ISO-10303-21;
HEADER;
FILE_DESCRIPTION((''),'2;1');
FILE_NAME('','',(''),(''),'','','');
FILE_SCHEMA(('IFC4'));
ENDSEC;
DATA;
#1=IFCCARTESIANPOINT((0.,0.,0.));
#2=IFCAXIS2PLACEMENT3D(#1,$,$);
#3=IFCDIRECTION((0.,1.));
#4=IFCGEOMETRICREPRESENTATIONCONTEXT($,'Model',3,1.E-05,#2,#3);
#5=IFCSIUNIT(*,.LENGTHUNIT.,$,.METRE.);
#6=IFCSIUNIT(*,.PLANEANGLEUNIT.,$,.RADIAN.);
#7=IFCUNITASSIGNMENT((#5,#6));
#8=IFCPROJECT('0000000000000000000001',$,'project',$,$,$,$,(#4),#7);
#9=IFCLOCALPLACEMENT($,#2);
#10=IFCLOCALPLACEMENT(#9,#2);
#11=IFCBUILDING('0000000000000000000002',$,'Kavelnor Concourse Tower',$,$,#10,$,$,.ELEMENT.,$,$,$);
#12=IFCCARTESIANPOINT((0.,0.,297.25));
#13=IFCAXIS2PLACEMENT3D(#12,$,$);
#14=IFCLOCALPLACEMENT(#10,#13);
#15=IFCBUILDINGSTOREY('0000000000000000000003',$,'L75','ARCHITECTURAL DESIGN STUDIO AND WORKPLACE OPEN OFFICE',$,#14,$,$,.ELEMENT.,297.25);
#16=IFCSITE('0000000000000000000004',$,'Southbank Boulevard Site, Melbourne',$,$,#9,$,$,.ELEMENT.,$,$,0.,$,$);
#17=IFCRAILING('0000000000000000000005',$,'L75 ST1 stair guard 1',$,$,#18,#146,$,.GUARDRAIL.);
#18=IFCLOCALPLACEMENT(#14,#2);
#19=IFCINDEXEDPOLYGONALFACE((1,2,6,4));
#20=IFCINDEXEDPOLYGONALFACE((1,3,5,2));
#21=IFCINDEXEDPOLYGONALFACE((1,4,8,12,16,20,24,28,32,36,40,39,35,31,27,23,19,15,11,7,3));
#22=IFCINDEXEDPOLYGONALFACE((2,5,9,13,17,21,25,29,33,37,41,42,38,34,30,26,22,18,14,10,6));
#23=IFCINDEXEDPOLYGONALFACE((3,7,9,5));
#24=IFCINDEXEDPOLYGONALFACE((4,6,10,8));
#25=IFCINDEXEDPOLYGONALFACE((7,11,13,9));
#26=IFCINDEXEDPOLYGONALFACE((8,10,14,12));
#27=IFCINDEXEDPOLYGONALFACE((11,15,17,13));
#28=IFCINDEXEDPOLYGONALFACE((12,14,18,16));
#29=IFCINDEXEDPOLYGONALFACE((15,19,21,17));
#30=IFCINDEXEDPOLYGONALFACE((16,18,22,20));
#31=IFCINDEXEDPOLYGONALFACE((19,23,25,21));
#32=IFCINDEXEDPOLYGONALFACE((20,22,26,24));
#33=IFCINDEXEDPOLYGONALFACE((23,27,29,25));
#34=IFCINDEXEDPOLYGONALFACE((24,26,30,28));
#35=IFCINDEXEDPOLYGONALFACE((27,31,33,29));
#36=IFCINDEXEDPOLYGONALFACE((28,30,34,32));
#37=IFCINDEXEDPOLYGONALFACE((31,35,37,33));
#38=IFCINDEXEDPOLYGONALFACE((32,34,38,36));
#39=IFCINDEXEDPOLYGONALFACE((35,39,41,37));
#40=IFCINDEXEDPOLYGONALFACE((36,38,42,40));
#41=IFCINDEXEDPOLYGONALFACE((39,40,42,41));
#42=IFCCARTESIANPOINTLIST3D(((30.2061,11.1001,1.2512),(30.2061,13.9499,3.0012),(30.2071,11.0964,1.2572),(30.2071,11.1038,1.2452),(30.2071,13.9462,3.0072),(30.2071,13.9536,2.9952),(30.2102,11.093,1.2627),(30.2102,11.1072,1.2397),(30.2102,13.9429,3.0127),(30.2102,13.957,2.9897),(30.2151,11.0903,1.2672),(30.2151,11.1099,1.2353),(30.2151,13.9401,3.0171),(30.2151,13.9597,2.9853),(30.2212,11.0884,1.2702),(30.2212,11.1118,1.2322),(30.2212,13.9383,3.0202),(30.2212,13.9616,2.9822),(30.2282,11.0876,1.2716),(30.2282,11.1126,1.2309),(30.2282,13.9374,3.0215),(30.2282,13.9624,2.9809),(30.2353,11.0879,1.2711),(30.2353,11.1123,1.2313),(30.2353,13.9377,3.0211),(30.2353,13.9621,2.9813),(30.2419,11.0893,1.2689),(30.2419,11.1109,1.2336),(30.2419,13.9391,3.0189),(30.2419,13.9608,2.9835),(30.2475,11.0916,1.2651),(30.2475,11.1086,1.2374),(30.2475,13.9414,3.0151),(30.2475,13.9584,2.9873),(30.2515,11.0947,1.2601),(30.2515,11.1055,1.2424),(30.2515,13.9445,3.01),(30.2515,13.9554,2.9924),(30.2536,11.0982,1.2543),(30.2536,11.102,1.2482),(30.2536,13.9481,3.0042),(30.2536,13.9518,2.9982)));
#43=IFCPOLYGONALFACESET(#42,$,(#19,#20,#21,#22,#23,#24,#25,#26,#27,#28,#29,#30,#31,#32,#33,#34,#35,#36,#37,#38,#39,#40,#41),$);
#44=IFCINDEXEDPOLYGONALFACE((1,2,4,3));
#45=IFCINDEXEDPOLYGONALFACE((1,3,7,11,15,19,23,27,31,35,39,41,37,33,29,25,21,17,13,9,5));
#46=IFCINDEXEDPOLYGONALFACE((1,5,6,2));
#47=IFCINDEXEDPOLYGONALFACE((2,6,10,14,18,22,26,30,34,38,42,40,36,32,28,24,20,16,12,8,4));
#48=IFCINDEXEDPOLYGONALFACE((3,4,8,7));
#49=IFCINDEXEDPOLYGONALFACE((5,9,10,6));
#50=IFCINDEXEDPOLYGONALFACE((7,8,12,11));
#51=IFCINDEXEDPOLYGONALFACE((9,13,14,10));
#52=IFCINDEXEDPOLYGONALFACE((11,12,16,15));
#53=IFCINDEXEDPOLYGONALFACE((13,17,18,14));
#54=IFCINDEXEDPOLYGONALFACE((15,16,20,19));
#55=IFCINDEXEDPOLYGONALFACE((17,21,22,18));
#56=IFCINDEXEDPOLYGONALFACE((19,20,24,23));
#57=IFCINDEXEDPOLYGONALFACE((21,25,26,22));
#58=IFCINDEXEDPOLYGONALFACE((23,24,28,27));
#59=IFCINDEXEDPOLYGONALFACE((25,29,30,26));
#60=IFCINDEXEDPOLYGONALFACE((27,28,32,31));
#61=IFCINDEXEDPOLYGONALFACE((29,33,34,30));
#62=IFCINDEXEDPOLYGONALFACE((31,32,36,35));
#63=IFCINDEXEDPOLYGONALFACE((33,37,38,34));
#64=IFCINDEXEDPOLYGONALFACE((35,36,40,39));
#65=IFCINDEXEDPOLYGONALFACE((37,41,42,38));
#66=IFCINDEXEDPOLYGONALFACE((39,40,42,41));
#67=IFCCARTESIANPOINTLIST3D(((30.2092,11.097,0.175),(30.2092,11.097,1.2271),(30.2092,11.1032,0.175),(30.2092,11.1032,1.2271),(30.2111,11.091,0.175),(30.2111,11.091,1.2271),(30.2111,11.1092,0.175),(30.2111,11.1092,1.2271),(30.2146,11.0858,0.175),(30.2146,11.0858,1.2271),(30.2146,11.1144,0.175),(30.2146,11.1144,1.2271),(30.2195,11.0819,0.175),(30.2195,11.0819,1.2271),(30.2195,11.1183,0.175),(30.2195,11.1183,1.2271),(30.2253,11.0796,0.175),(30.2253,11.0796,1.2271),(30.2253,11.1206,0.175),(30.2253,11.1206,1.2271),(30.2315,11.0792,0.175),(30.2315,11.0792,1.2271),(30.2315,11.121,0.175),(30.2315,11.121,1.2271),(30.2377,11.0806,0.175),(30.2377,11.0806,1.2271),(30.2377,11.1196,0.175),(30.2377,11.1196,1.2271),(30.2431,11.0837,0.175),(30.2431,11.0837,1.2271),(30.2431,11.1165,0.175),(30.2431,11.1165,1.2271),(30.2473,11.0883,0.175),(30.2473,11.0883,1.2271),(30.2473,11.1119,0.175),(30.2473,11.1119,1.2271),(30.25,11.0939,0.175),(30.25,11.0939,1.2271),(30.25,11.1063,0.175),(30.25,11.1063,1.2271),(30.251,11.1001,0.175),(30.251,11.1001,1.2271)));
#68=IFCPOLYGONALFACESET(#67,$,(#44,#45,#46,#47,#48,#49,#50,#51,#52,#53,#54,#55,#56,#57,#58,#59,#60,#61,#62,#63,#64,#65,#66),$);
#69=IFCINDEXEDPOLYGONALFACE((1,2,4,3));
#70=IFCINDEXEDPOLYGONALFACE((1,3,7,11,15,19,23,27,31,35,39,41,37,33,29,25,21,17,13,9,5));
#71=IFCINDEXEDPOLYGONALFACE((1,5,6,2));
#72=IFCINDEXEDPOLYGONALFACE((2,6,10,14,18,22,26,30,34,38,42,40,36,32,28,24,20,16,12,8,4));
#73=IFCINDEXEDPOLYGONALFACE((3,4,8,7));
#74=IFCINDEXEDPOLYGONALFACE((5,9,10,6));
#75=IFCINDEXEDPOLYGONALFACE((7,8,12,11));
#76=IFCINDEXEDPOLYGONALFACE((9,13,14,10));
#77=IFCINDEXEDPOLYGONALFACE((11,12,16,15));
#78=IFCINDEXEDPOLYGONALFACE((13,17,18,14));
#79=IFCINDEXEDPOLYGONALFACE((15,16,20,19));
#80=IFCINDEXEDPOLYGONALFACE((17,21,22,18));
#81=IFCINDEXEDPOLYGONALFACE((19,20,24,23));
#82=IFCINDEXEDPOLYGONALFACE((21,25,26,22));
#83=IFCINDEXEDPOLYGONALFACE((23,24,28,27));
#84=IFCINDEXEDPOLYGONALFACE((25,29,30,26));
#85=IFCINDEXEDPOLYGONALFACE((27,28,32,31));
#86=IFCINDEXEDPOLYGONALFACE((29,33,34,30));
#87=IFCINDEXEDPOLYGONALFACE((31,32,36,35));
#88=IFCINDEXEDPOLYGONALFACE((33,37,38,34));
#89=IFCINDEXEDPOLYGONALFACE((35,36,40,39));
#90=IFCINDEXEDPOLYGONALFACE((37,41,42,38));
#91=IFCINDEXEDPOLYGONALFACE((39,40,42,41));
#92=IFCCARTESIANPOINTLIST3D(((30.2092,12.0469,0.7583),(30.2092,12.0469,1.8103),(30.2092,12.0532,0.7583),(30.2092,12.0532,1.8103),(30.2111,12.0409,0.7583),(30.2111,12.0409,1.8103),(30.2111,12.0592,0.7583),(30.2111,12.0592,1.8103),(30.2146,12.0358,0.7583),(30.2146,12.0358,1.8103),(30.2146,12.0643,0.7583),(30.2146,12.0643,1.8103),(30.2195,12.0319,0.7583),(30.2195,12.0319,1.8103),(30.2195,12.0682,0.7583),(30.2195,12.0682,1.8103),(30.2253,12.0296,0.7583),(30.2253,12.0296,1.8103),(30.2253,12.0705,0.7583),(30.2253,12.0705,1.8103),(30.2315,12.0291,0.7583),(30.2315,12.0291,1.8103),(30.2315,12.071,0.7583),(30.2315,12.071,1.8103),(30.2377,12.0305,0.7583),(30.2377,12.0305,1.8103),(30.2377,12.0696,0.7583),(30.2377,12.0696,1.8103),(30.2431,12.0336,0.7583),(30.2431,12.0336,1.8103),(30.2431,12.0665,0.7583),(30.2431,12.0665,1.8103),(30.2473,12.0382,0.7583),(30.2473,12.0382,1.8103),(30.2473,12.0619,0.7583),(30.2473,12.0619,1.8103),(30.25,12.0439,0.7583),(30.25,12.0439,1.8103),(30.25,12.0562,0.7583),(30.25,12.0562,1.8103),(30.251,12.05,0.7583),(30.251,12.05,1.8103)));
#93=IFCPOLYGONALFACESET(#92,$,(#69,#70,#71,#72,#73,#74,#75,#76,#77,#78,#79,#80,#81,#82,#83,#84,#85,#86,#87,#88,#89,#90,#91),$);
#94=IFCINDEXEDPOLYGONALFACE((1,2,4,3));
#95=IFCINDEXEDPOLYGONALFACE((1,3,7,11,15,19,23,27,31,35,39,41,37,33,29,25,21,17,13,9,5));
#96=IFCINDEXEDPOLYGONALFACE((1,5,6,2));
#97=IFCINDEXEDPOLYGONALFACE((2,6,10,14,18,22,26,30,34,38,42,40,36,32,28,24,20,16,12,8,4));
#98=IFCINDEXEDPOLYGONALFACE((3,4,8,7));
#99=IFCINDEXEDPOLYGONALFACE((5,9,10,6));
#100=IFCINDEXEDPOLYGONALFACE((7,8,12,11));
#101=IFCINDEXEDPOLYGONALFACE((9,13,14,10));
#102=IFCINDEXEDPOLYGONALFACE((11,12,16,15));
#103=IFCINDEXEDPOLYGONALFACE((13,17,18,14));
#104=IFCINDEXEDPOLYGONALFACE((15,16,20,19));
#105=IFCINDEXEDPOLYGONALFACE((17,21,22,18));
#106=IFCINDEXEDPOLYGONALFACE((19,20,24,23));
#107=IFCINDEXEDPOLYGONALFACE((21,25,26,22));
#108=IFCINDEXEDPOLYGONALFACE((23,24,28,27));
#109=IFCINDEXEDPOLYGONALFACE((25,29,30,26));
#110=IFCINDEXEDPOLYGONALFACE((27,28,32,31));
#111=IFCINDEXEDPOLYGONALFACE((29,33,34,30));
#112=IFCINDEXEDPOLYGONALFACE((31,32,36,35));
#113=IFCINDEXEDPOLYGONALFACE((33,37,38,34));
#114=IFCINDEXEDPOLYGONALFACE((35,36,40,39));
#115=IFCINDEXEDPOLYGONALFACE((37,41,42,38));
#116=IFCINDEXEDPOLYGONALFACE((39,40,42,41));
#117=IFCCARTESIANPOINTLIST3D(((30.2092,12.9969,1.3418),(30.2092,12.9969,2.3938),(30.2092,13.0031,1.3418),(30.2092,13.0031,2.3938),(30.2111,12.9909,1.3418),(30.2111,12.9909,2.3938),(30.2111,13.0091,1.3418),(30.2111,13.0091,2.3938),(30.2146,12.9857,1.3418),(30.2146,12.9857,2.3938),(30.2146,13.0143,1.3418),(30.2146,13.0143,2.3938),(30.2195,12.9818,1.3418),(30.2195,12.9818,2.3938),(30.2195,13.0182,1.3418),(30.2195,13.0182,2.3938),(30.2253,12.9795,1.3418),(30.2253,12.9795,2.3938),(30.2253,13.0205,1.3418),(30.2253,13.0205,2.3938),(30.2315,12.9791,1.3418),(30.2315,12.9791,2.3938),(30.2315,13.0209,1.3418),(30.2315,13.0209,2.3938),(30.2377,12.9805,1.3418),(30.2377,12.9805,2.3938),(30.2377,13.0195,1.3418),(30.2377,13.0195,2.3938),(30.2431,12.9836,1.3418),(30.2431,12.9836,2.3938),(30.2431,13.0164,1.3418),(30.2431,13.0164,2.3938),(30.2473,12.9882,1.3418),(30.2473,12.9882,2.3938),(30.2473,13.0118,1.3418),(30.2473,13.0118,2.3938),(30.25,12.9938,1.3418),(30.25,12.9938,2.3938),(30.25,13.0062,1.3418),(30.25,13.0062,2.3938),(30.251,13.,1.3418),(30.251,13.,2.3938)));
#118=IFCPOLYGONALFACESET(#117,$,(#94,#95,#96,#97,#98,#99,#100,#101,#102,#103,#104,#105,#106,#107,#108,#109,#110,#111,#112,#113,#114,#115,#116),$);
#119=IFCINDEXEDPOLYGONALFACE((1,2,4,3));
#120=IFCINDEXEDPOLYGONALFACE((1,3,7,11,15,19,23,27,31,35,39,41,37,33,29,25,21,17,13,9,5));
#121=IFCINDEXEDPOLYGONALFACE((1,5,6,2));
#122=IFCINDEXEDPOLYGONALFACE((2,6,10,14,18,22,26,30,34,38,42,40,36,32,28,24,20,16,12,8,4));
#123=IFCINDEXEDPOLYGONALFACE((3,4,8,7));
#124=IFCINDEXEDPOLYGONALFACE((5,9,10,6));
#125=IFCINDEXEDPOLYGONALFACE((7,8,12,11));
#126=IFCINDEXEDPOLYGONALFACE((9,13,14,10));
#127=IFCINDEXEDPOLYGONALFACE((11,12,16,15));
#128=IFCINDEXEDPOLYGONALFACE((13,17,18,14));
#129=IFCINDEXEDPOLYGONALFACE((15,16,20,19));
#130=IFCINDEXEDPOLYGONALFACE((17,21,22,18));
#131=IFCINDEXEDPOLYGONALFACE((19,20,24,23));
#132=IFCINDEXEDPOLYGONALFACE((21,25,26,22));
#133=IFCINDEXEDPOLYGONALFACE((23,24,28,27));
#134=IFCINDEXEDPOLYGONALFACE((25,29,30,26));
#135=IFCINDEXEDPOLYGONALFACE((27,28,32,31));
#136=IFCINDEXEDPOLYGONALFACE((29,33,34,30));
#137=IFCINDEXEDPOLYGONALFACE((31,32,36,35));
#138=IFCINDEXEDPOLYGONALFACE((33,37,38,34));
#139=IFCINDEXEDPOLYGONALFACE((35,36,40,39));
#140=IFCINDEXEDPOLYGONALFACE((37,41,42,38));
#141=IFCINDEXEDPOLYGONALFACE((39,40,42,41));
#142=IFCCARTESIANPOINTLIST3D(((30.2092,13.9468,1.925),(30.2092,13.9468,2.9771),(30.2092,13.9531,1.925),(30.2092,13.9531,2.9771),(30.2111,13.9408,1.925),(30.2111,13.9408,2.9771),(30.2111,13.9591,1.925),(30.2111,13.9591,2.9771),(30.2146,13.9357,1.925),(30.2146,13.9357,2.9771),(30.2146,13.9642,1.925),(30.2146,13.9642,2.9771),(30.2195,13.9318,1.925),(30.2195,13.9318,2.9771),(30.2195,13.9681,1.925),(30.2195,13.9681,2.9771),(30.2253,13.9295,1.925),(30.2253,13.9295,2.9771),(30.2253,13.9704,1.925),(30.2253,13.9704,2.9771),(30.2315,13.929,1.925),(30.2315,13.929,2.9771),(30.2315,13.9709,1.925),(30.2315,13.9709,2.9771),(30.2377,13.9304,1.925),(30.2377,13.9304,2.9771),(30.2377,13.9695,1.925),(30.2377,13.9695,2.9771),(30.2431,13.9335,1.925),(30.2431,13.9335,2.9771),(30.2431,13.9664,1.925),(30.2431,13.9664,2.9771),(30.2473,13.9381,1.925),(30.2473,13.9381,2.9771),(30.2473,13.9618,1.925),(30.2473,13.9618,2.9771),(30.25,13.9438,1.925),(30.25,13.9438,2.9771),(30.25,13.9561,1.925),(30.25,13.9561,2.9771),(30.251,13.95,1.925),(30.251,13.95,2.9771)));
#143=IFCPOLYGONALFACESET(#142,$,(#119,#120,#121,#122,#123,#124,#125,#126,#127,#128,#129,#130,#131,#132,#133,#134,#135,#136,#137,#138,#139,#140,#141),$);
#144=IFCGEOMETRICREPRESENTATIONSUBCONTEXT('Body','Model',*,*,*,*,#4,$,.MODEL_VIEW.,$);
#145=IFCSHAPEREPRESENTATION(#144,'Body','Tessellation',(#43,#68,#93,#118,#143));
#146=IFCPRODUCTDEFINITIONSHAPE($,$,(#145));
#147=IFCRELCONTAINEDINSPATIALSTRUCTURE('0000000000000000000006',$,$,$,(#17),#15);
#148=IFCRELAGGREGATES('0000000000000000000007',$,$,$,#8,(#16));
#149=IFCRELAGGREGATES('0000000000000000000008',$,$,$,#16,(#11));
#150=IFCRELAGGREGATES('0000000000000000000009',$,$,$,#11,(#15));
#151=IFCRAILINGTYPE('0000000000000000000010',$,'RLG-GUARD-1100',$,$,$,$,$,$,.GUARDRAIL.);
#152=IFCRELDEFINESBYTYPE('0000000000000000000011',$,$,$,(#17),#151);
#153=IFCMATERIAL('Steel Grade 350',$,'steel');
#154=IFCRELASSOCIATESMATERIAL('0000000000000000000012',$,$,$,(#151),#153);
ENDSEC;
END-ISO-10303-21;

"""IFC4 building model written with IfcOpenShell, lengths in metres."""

from ifc_helpers import new_model, si_unit, direction, frame, origin, origin_2d, place, context, subcontext, project, spatial, circle, extrude, material, type_object, element, save


model = new_model("IFC4")

# Units and contexts
model_context = context("Model", 3, precision=1e-05, world=origin(), true_north=direction((0.0, 1.0)))
body_context = subcontext(model_context, "Body", "Model", "MODEL_VIEW")
ifc_project = project(units=[si_unit("LENGTHUNIT", "METRE"), si_unit("PLANEANGLEUNIT", "RADIAN")], contexts=[model_context])

# Site, building, storey
site_placement = place(None, origin())
site = spatial("IfcSite", under=ifc_project, at=site_placement, Name="Southbank Boulevard Site, Melbourne", CompositionType="ELEMENT", RefElevation=0.0)
building_placement = place(site_placement, origin())
building = spatial("IfcBuilding", under=site, at=building_placement, Name="Kavelnor Concourse Tower", CompositionType="ELEMENT")
storey_placement = place(building_placement, frame((0.0, 0.0, 297.25)))
storey = spatial("IfcBuildingStorey", under=building, at=storey_placement, Name="L75", Description="ARCHITECTURAL DESIGN STUDIO AND WORKPLACE OPEN OFFICE", CompositionType="ELEMENT", Elevation=297.25)

# Shared definitions
ifc_material_1 = material(Name="Steel Grade 350", Category="steel")

# Railing
railing_type_1 = type_object("IfcRailingType", Name="RLG-GUARD-1100", PredefinedType="GUARDRAIL", material=ifc_material_1)
railing_1_placement = place(storey_placement, frame((30.23, 11.1001, 0.175)))
element("IfcRailing", 1, at=railing_1_placement, inside=storey, type_object=railing_type_1, Name="L75 ST1 stair guard 1", PredefinedType="GUARDRAIL", context=body_context, shape_type="SweptSolid", body=[
    extrude(circle(Radius=0.0239, at=origin_2d()), frame((0.0, 0.0, 1.0762), z_axis=(0.0, 0.852159, 0.523283), x_axis=(-1.0, 0.0, 0.0)), (0.0, 0.0, 1.0), 3.3442),
    extrude(circle(Radius=0.021, at=origin_2d()), origin(), (0.0, 0.0, 1.0), 1.052),
    extrude(circle(Radius=0.021, at=origin_2d()), frame((0.0, 0.95, 0.5833)), (0.0, 0.0, 1.0), 1.052),
    extrude(circle(Radius=0.021, at=origin_2d()), frame((0.0, 1.8999, 1.1667)), (0.0, 0.0, 1.0), 1.052),
    extrude(circle(Radius=0.021, at=origin_2d()), frame((0.0, 2.8499, 1.75)), (0.0, 0.0, 1.0), 1.052),
])

save(model, "model.ifc")
